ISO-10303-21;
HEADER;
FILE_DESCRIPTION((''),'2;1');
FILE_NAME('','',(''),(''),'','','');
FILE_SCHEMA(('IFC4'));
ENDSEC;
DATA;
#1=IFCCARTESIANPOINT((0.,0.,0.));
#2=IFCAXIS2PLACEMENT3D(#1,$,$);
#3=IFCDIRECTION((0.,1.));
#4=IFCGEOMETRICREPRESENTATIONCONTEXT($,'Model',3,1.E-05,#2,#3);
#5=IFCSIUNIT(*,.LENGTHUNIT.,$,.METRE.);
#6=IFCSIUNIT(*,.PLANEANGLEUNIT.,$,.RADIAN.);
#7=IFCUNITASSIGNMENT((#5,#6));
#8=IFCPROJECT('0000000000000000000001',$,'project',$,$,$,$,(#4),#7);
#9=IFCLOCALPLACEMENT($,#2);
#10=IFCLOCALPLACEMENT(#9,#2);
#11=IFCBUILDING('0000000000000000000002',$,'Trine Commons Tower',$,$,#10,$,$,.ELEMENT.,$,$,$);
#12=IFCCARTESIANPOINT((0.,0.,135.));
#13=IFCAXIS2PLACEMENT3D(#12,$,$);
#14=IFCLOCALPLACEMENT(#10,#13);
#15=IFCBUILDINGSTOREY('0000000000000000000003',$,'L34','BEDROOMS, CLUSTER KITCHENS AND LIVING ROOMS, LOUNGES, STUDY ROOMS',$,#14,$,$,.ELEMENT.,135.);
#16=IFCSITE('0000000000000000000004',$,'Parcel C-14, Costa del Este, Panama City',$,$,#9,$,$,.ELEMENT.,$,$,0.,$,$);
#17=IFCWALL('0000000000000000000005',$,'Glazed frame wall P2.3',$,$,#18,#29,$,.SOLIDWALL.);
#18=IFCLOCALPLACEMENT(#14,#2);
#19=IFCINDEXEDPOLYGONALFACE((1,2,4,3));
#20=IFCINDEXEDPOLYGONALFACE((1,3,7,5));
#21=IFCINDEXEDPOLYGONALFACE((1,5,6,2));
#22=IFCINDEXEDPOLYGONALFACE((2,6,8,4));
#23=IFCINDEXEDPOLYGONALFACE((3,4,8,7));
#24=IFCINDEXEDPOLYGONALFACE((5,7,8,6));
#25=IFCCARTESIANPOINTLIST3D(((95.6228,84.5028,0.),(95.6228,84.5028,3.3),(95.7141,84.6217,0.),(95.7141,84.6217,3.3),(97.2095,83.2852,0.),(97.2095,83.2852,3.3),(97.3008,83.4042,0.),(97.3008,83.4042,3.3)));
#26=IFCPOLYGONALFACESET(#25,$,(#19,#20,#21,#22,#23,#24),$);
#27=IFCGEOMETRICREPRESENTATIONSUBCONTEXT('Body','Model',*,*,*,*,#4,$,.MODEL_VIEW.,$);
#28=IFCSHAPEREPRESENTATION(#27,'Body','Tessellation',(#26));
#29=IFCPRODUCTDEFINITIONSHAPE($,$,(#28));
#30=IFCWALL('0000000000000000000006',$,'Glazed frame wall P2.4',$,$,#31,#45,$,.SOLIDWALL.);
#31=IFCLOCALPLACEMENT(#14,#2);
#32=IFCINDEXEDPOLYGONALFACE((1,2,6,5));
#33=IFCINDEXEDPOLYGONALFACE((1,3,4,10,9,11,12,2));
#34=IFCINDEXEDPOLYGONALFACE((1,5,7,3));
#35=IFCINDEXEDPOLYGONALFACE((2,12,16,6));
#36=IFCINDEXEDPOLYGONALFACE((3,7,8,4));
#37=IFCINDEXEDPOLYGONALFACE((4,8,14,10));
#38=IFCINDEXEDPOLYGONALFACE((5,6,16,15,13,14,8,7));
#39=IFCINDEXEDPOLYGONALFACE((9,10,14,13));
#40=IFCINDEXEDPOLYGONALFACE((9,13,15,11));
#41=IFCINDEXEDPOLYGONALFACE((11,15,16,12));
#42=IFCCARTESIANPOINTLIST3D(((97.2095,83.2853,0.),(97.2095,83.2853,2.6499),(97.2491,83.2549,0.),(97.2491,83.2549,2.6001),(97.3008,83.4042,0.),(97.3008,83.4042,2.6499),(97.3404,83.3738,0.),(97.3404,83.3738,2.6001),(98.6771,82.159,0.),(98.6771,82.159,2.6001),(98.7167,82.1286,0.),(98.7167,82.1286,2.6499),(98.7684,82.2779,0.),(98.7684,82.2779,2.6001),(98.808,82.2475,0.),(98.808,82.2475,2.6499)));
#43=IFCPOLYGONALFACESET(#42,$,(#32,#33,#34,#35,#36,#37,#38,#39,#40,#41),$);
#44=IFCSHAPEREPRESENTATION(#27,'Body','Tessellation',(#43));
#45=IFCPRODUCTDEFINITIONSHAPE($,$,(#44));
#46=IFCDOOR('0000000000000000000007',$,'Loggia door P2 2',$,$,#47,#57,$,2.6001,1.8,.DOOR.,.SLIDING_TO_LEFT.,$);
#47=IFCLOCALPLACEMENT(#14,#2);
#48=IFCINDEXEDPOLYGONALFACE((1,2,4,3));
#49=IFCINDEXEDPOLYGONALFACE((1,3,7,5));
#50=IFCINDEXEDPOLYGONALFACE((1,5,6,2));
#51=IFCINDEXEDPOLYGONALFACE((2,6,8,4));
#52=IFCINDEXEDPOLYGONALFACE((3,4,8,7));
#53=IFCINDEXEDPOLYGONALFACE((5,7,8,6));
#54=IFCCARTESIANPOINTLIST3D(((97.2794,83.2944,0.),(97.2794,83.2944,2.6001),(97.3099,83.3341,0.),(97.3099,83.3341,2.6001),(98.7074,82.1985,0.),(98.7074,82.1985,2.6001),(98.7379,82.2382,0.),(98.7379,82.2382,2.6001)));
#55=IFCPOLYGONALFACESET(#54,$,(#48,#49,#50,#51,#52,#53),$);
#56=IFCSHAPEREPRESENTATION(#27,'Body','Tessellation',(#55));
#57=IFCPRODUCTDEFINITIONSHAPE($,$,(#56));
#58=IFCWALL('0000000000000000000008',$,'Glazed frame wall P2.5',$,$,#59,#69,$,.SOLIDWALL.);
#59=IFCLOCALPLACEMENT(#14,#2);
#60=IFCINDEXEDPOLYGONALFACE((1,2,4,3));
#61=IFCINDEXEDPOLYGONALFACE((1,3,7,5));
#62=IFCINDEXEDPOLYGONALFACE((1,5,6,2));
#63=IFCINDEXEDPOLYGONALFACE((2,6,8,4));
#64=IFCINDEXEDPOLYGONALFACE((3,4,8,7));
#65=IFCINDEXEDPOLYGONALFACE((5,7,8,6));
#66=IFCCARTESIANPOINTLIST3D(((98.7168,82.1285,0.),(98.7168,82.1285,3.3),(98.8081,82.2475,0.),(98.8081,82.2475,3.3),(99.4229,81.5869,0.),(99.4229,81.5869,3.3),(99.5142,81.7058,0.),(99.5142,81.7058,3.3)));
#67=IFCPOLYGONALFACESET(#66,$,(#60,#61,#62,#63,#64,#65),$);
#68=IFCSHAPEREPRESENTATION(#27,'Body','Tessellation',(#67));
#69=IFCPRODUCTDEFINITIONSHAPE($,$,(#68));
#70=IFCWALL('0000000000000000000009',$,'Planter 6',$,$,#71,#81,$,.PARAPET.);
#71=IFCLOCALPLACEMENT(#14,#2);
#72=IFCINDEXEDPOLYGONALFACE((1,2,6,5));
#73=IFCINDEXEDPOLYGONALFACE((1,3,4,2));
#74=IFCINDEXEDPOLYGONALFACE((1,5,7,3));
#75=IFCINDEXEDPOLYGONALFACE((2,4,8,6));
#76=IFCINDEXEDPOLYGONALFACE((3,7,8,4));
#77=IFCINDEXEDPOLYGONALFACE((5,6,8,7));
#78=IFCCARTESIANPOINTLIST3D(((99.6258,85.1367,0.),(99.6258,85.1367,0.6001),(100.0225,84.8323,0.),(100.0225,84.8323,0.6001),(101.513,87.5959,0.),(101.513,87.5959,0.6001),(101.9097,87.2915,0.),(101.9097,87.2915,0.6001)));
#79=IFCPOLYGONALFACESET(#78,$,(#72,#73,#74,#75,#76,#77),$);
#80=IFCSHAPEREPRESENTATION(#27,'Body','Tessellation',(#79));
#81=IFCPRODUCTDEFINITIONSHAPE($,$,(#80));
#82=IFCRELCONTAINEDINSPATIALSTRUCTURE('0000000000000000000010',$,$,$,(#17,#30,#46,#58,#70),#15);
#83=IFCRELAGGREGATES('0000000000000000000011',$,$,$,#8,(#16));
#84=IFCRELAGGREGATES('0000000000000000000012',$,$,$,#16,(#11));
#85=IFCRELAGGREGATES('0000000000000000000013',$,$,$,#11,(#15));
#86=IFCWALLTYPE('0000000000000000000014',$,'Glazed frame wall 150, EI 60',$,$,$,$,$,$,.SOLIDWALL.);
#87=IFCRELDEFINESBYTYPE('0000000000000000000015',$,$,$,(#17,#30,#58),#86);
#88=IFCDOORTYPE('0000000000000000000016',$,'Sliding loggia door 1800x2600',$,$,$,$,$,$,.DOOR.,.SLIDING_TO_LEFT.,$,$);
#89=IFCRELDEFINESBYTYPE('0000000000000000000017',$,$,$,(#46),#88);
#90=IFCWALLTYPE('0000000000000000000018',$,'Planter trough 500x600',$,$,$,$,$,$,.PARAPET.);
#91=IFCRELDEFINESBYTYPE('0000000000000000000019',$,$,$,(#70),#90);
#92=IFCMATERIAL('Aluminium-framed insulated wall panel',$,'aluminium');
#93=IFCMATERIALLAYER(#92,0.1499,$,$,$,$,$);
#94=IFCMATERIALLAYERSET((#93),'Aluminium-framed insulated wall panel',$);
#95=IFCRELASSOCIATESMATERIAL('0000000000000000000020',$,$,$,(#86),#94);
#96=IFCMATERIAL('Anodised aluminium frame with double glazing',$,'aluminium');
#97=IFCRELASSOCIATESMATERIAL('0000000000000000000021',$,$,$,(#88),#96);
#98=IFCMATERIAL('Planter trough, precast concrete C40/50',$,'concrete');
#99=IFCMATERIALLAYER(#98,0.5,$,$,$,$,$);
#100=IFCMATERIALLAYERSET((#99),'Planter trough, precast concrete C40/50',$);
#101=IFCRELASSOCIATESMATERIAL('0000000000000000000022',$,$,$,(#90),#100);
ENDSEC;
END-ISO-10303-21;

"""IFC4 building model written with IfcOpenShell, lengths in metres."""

from ifc_helpers import new_model, si_unit, direction, frame, frame_2d, origin, place, context, subcontext, project, spatial, polyline, rectangle, outline, extrude, material, layer, layer_set, type_object, element, fill, save


model = new_model("IFC4")

# Units and contexts
model_context = context("Model", 3, precision=1e-05, world=origin(), true_north=direction((0.0, 1.0)))
body_context = subcontext(model_context, "Body", "Model", "MODEL_VIEW")
ifc_project = project(units=[si_unit("LENGTHUNIT", "METRE"), si_unit("PLANEANGLEUNIT", "RADIAN")], contexts=[model_context])

# Site, building, storey
site_placement = place(None, origin())
site = spatial("IfcSite", under=ifc_project, at=site_placement, Name="Parcel C-14, Costa del Este, Panama City", CompositionType="ELEMENT", RefElevation=0.0)
building_placement = place(site_placement, origin())
building = spatial("IfcBuilding", under=site, at=building_placement, Name="Trine Commons Tower", CompositionType="ELEMENT")
storey_placement = place(building_placement, frame((0.0, 0.0, 135.0)))
storey = spatial("IfcBuildingStorey", under=building, at=storey_placement, Name="L34", Description="BEDROOMS, CLUSTER KITCHENS AND LIVING ROOMS, LOUNGES, STUDY ROOMS", CompositionType="ELEMENT", Elevation=135.0)

# Wall
ifc_material_1 = material(Name="Aluminium-framed insulated wall panel", Category="aluminium")
ifc_layer_1 = layer(ifc_material_1, 0.1499)
ifc_layer_set_1 = layer_set([ifc_layer_1], Name="Aluminium-framed insulated wall panel")
wall_type_1 = type_object("IfcWallType", Name="Glazed frame wall 150, EI 60", PredefinedType="SOLIDWALL", material=ifc_layer_set_1)
wall_1_placement = place(storey_placement, frame((95.6685, 84.5623, 0.0), z_axis=(0.0, 0.0, 1.0), x_axis=(0.793345, -0.608772, 0.0)))
element("IfcWall", 1, at=wall_1_placement, inside=storey, type_object=wall_type_1, Name="Glazed frame wall P2.3", PredefinedType="SOLIDWALL", context=body_context, shape_type="SweptSolid", body=[
    extrude(outline(polyline([(0.0, -0.075), (2.0, -0.075), (2.0, 0.075), (0.0, 0.075), (0.0, -0.075)])), origin(), (0.0, 0.0, 1.0), 3.3),
])

# Wall, opening, door
wall_2_placement = place(storey_placement, frame((97.2551, 83.3447, 0.0), z_axis=(0.0, 0.0, 1.0), x_axis=(0.793321, -0.608804, 0.0)))
wall_2 = element("IfcWall", 2, at=wall_2_placement, inside=storey, type_object=wall_type_1, Name="Glazed frame wall P2.4", PredefinedType="SOLIDWALL", context=body_context, shape_type="SweptSolid", body=[
    extrude(outline(polyline([(0.0, -0.075), (1.8999, -0.075), (1.8999, 0.075), (0.0, 0.075), (0.0, -0.075)])), origin(), (0.0, 0.0, 1.0), 2.6499),
])
opening_1_placement = place(wall_2_placement, frame((0.05, 0.0, 0.0)))
opening_1 = element("IfcOpeningElement", 3, at=opening_1_placement, cuts=wall_2, PredefinedType="OPENING", context=body_context, shape_type="SweptSolid", body=[
    extrude(rectangle(XDim=1.8, YDim=2.6001, at=frame_2d((0.8999, 1.3))), frame((0.0, 0.085, 0.0), z_axis=(0.0, -1.0, 0.0), x_axis=(1.0, 0.0, 0.0)), (0.0, 0.0, 1.0), 0.1699),
])
ifc_material_2 = material(Name="Anodised aluminium frame with double glazing", Category="aluminium")
door_type = type_object("IfcDoorType", Name="Sliding loggia door 1800x2600", OperationType="SLIDING_TO_LEFT", PredefinedType="DOOR", material=ifc_material_2)
door_1_placement = place(opening_1_placement, origin())
door_1 = element("IfcDoor", 4, at=door_1_placement, inside=storey, type_object=door_type, Name="Loggia door P2 2", OperationType="SLIDING_TO_LEFT", OverallHeight=2.6001, OverallWidth=1.8, PredefinedType="DOOR", context=body_context, shape_type="SweptSolid", body=[
    extrude(rectangle(XDim=1.8, YDim=2.6001, at=frame_2d((0.8999, 1.3))), frame((0.0, 0.0249, 0.0), z_axis=(0.0, -1.0, 0.0), x_axis=(1.0, 0.0, 0.0)), (0.0, 0.0, 1.0), 0.05),
])
fill(opening_1, door_1)

# Wall
wall_3_placement = place(storey_placement, frame((98.7625, 82.188, 0.0), z_axis=(0.0, 0.0, 1.0), x_axis=(0.793449, -0.608637, 0.0)))
element("IfcWall", 5, at=wall_3_placement, inside=storey, type_object=wall_type_1, Name="Glazed frame wall P2.5", PredefinedType="SOLIDWALL", context=body_context, shape_type="SweptSolid", body=[
    extrude(outline(polyline([(0.8899, 0.075), (0.0, 0.075), (0.0, -0.075), (0.8899, -0.075), (0.8899, 0.075)])), origin(), (0.0, 0.0, 1.0), 3.3),
])

# Wall
ifc_material_3 = material(Name="Planter trough, precast concrete C40/50", Category="concrete")
ifc_layer_2 = layer(ifc_material_3, 0.5)
ifc_layer_set_2 = layer_set([ifc_layer_2], Name="Planter trough, precast concrete C40/50")
wall_type_2 = type_object("IfcWallType", Name="Planter trough 500x600", PredefinedType="PARAPET", material=ifc_layer_set_2)
wall_4_placement = place(storey_placement, frame((99.8242, 84.9846, 0.0), z_axis=(0.0, 0.0, 1.0), x_axis=(0.608797, 0.793326, 0.0)))
element("IfcWall", 6, at=wall_4_placement, inside=storey, type_object=wall_type_2, Name="Planter 6", PredefinedType="PARAPET", context=body_context, shape_type="SweptSolid", body=[
    extrude(rectangle(XDim=3.0999, YDim=0.5, at=frame_2d((1.5498, 0.0))), origin(), (0.0, 0.0, 1.0), 0.6001),
])

save(model, "model.ifc")
